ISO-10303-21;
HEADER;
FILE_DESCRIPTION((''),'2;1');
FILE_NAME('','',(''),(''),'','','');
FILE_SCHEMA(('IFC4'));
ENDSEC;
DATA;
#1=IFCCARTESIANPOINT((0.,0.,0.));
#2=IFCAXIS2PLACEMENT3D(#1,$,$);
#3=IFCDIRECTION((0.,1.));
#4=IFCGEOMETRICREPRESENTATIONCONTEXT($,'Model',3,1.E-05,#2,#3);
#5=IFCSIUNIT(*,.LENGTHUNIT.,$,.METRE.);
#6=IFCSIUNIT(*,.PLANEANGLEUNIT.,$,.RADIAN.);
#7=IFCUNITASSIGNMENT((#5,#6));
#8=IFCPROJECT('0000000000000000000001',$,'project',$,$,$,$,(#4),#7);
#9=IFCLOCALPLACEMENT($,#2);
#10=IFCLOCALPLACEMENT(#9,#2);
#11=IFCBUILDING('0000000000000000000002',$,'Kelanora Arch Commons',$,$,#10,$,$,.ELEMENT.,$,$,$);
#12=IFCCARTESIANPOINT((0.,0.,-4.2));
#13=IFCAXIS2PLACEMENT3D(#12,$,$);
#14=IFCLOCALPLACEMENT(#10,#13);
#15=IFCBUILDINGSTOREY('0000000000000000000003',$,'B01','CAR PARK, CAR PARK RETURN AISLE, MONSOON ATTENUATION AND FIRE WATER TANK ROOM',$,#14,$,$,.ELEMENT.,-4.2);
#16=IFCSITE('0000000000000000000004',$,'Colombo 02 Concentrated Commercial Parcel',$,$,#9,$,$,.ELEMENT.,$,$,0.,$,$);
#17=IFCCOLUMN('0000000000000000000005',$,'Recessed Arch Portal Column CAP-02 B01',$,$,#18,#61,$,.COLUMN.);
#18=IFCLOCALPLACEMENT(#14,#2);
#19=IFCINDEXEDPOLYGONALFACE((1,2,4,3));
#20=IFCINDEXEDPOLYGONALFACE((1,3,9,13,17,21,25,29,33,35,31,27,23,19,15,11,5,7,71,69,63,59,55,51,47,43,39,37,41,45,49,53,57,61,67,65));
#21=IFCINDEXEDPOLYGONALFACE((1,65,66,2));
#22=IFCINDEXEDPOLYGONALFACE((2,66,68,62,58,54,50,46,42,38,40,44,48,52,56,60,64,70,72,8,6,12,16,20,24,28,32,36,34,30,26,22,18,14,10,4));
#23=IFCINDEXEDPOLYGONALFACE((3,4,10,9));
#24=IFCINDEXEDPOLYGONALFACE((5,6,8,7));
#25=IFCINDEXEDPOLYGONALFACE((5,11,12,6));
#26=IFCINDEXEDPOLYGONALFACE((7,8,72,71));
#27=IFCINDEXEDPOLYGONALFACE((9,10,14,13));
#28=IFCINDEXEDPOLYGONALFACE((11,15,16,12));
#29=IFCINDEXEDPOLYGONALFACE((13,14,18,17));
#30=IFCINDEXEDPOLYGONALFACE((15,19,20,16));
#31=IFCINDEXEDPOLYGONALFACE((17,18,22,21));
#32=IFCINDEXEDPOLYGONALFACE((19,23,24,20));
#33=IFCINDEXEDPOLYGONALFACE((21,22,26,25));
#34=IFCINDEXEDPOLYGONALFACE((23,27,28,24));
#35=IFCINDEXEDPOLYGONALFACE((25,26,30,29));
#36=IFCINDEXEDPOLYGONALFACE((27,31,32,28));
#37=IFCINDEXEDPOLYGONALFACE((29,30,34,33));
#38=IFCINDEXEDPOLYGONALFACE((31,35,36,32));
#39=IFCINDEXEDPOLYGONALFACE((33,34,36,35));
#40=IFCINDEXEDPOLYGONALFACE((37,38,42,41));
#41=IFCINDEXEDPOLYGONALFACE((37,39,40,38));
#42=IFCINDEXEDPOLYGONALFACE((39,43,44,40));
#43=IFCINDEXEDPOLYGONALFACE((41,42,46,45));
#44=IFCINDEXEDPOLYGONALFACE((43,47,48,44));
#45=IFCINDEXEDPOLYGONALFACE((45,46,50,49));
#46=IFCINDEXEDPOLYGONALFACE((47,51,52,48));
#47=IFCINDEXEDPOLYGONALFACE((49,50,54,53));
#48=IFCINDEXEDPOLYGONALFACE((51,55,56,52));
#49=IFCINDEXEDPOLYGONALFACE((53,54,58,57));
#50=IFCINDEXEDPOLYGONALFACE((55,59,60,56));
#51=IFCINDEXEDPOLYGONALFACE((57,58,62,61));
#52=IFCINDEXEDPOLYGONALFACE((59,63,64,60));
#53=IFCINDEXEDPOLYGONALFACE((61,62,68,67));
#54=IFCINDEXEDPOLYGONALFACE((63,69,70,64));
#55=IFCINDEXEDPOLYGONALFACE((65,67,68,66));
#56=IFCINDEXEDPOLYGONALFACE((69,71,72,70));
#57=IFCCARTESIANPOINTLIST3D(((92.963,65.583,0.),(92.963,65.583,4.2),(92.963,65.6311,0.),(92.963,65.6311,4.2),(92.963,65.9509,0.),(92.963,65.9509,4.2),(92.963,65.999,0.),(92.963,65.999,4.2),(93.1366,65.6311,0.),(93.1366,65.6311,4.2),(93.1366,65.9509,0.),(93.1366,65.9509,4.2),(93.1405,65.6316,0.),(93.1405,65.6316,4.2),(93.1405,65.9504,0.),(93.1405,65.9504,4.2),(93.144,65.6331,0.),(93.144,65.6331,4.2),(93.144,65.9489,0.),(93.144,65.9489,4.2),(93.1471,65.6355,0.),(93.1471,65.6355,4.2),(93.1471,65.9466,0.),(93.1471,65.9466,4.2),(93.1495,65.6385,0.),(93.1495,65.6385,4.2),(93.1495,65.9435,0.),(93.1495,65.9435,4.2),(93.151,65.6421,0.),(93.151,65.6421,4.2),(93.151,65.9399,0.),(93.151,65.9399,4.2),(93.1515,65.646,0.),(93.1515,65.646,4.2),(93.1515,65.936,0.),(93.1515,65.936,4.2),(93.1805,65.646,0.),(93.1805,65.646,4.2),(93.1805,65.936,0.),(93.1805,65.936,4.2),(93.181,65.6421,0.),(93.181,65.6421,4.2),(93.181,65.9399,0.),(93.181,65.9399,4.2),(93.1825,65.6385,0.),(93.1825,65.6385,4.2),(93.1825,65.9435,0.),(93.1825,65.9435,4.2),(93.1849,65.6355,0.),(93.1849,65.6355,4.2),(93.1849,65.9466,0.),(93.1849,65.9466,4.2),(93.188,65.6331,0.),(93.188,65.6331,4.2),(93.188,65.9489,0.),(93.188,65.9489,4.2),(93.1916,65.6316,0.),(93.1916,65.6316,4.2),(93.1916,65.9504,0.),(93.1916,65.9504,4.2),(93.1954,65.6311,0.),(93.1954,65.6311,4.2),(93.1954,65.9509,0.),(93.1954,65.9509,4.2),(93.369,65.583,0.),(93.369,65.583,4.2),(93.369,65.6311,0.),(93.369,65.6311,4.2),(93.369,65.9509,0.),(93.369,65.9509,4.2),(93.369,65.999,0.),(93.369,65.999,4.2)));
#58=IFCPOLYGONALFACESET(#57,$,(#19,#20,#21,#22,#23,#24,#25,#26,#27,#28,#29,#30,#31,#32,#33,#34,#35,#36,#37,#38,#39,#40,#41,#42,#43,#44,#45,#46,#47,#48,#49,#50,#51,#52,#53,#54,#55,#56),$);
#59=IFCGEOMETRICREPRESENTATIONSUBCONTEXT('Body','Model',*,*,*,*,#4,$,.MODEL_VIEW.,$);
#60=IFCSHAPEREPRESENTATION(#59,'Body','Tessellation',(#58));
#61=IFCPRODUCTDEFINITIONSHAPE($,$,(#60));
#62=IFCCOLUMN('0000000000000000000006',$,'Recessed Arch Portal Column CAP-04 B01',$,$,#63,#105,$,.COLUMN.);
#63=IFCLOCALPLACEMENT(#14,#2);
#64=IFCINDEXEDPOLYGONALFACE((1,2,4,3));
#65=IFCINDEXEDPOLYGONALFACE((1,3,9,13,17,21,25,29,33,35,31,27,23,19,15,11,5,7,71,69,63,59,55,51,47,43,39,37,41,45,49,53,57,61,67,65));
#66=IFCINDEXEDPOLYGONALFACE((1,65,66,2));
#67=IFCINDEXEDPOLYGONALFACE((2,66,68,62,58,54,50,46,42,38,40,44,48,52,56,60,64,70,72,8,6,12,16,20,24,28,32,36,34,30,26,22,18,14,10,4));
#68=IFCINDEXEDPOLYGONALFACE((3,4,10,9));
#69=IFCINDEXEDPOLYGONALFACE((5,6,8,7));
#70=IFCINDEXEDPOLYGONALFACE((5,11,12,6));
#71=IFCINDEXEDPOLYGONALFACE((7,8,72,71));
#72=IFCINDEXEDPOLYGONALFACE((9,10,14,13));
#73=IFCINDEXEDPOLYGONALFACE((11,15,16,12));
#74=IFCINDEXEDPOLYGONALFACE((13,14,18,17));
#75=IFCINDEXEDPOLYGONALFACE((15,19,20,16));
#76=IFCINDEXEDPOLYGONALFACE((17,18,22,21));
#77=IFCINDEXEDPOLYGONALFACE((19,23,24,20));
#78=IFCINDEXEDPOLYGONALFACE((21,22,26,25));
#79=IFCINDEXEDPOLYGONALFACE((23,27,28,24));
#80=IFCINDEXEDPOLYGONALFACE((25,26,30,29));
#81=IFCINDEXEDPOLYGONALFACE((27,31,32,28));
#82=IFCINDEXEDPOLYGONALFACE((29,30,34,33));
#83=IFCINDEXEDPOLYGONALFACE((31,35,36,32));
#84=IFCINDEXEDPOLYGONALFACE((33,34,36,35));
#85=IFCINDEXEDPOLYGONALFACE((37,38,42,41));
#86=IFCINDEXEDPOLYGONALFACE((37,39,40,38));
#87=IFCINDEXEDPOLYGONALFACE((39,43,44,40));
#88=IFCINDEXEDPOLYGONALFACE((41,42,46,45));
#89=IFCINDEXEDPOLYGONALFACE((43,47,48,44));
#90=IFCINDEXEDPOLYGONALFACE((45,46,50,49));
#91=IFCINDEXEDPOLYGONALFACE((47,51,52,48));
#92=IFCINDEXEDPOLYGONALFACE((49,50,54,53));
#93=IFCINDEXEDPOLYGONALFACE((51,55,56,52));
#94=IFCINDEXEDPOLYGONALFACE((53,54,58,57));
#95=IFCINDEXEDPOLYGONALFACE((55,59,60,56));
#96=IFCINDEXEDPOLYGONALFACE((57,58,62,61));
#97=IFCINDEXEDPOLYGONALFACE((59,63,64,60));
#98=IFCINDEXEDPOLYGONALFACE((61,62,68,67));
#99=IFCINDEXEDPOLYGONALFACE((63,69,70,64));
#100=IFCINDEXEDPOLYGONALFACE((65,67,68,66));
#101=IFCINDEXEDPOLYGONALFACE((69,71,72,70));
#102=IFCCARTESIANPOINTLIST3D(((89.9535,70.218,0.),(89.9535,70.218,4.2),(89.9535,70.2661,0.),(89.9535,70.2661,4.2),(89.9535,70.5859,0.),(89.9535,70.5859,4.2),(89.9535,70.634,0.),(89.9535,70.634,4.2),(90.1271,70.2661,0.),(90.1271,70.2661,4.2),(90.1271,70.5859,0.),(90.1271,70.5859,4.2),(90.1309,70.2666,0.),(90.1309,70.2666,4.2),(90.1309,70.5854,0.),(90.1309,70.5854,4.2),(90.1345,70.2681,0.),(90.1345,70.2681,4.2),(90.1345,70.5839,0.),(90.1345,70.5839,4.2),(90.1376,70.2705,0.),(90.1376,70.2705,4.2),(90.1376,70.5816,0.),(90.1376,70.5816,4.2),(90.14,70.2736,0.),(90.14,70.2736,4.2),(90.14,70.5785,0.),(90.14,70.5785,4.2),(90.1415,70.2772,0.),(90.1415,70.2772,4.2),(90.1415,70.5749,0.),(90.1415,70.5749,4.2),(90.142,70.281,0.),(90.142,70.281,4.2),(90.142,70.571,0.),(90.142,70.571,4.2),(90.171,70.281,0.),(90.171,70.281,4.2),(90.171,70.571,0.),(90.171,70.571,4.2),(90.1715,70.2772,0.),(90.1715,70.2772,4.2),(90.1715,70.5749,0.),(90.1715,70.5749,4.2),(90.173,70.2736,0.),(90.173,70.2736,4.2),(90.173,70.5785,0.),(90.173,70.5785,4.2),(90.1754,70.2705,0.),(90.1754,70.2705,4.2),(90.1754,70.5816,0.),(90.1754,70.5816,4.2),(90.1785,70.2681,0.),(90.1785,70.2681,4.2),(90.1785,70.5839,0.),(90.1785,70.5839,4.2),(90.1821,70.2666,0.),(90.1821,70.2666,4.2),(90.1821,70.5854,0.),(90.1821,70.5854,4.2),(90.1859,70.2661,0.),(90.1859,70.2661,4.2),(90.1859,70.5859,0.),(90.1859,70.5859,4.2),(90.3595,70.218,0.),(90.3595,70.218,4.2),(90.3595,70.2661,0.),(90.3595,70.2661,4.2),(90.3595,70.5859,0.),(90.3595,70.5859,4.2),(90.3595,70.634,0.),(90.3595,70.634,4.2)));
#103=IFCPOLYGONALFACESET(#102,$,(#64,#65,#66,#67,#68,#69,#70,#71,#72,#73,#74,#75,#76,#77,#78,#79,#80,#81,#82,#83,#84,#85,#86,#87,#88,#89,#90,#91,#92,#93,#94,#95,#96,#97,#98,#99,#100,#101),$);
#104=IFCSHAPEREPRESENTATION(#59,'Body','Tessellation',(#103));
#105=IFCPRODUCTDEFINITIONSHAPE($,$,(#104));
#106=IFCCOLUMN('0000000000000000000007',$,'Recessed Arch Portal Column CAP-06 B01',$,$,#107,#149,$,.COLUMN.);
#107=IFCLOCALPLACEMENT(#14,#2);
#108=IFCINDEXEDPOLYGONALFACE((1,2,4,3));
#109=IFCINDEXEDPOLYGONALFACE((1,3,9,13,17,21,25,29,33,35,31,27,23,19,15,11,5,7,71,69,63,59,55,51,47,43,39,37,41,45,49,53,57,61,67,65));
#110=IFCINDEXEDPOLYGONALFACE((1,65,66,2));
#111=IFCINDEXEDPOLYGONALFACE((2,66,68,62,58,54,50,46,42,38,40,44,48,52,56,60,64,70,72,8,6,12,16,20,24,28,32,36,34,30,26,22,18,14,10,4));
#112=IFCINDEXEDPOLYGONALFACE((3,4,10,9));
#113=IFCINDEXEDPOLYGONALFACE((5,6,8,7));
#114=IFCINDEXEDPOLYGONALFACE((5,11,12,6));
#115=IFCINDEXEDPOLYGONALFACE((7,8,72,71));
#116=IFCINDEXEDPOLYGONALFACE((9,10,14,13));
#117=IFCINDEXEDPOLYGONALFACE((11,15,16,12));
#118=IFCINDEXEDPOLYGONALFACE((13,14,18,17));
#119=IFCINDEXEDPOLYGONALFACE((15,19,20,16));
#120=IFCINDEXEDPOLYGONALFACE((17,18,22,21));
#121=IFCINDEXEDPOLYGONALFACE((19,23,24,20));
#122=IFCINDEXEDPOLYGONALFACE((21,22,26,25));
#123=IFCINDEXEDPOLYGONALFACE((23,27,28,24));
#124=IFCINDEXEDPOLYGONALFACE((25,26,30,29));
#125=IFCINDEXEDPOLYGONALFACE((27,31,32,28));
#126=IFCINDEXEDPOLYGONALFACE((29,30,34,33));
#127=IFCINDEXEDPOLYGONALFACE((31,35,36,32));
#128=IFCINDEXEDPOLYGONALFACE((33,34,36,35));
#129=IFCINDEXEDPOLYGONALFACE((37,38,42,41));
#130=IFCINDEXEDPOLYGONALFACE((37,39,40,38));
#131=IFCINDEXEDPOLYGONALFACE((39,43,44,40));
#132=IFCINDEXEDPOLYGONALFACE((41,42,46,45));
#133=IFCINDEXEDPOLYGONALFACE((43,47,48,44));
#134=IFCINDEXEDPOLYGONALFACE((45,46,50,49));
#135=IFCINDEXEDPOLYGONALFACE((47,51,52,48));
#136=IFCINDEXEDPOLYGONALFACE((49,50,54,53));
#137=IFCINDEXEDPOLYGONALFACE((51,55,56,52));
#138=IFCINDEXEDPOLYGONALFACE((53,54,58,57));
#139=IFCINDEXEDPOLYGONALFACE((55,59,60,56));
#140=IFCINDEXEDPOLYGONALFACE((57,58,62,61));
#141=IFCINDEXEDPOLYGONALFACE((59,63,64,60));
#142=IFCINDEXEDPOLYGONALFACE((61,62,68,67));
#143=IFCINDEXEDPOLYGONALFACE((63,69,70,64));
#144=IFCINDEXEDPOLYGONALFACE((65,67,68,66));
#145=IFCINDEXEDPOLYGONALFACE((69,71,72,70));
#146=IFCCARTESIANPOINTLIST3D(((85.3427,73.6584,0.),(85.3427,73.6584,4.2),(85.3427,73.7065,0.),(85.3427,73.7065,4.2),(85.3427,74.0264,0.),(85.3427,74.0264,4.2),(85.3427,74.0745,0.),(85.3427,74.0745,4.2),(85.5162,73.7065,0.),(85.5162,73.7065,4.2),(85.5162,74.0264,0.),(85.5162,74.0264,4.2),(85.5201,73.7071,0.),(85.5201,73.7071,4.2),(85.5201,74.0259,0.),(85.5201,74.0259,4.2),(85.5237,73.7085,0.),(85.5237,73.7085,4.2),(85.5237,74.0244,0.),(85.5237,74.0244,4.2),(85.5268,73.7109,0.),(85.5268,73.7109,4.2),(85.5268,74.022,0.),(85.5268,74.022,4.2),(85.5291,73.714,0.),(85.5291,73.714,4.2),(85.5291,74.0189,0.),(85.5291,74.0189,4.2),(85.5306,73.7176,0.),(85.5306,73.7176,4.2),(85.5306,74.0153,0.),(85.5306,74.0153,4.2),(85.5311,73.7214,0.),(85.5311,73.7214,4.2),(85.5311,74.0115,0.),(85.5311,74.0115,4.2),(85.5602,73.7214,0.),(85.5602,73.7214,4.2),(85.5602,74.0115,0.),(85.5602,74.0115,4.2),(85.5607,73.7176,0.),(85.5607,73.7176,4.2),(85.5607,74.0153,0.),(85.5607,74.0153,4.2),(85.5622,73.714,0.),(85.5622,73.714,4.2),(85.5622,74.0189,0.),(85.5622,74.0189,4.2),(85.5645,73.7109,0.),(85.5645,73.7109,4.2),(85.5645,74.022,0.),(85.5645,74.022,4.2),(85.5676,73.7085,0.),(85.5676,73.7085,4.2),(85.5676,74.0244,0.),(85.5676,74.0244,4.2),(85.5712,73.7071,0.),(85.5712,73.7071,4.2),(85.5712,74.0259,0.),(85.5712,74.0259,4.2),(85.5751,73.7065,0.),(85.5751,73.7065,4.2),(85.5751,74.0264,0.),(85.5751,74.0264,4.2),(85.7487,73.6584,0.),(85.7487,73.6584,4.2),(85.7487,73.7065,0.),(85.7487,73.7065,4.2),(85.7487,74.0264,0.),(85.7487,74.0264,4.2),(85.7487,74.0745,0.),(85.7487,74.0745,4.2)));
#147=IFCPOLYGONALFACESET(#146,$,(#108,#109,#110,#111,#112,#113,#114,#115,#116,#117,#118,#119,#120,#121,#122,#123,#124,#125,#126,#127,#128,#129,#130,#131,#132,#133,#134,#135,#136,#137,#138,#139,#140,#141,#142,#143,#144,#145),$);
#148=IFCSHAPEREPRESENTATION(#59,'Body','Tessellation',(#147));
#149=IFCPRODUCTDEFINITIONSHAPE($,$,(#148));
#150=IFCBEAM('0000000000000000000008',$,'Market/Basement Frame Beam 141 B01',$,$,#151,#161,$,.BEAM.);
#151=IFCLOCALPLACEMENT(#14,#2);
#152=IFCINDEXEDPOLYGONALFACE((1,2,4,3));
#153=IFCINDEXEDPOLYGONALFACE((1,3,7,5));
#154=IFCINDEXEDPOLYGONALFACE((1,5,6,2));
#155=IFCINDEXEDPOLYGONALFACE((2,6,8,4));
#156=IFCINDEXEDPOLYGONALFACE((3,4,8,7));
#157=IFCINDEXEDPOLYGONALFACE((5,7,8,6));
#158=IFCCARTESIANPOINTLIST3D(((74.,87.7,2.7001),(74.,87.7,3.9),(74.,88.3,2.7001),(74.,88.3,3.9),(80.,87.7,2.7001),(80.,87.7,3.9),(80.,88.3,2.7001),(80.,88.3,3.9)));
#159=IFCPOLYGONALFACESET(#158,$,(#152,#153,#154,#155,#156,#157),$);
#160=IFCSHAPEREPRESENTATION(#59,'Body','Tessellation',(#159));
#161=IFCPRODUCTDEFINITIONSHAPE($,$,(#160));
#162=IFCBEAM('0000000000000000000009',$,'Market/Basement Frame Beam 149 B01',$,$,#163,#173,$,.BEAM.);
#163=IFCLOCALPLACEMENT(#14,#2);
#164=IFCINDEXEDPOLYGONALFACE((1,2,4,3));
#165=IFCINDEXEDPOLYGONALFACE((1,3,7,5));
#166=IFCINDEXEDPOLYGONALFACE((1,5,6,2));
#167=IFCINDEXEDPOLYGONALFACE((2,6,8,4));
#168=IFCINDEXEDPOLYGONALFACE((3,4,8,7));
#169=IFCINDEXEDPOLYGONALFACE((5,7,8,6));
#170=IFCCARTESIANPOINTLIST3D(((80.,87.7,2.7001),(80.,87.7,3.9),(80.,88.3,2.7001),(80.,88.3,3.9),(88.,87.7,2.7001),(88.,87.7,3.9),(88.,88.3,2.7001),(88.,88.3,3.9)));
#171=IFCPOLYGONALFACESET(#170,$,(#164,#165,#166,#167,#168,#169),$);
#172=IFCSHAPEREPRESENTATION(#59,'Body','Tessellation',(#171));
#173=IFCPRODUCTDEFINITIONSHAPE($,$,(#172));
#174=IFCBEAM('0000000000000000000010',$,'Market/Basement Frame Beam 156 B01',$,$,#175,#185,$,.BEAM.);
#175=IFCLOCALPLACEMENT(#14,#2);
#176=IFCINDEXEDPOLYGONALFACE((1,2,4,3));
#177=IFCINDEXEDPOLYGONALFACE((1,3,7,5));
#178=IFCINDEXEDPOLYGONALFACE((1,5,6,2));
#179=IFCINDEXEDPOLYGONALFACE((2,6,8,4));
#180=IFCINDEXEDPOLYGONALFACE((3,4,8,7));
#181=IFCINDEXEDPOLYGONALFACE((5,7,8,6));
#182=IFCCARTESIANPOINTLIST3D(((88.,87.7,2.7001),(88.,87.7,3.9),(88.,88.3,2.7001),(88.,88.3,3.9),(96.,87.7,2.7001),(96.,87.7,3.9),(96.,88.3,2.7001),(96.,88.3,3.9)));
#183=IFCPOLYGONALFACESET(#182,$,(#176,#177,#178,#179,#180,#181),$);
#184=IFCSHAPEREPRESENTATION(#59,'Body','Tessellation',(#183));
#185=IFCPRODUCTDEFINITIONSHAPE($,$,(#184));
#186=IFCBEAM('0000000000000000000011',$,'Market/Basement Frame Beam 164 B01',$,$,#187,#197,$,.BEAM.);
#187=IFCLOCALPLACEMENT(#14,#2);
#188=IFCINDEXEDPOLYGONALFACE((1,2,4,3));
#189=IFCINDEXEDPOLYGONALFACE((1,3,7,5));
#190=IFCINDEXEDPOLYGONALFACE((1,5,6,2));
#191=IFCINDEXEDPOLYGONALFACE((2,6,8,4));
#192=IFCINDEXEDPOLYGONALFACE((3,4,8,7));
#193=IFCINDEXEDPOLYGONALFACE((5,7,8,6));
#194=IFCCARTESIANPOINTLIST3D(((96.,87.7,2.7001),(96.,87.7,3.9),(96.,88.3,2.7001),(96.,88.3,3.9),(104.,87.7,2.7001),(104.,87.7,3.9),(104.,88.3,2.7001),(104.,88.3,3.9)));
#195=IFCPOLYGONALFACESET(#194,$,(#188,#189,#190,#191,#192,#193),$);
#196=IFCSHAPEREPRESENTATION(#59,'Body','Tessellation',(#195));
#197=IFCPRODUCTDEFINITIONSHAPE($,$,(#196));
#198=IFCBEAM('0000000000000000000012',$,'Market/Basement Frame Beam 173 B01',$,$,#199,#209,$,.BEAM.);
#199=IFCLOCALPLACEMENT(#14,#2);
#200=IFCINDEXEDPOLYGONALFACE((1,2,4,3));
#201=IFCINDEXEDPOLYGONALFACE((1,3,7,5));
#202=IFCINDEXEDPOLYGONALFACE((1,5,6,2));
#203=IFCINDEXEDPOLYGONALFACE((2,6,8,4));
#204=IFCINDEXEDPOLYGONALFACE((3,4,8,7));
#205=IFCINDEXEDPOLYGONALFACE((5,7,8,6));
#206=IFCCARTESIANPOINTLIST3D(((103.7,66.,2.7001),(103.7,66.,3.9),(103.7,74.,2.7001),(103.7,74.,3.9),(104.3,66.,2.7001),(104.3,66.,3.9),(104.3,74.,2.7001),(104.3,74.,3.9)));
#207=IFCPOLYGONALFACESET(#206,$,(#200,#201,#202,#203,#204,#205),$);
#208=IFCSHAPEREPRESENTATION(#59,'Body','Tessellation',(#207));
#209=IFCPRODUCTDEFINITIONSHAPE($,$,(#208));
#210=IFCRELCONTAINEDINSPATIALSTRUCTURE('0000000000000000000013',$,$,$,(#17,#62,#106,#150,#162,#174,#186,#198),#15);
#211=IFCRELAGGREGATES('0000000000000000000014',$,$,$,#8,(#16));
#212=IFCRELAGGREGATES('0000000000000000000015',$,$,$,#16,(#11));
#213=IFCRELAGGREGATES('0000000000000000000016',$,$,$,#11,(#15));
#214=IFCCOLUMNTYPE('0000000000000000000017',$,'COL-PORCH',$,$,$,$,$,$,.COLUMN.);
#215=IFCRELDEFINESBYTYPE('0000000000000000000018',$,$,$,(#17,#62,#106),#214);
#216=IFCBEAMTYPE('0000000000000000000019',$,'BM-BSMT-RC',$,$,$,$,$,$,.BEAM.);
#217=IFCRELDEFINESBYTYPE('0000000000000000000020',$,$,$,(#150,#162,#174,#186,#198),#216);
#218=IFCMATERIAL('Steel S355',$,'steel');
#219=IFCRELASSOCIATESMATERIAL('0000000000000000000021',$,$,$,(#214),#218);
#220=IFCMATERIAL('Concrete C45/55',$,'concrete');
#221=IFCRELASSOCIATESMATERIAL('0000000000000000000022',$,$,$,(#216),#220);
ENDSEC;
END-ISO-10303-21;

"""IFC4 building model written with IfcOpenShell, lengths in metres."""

from ifc_helpers import new_model, si_unit, direction, frame, origin, origin_2d, place, context, subcontext, project, spatial, rectangle, i_section, extrude, material, material_profile, profile_set, type_object, element, save


model = new_model("IFC4")

# Units and contexts
model_context = context("Model", 3, precision=1e-05, world=origin(), true_north=direction((0.0, 1.0)))
body_context = subcontext(model_context, "Body", "Model", "MODEL_VIEW")
ifc_project = project(units=[si_unit("LENGTHUNIT", "METRE"), si_unit("PLANEANGLEUNIT", "RADIAN")], contexts=[model_context])

# Site, building, storey
site_placement = place(None, origin())
site = spatial("IfcSite", under=ifc_project, at=site_placement, Name="Colombo 02 Concentrated Commercial Parcel", CompositionType="ELEMENT", RefElevation=0.0)
building_placement = place(site_placement, origin())
building = spatial("IfcBuilding", under=site, at=building_placement, Name="Kelanora Arch Commons", CompositionType="ELEMENT")
storey_placement = place(building_placement, frame((0.0, 0.0, -4.2)))
storey = spatial("IfcBuildingStorey", under=building, at=storey_placement, Name="B01", Description="CAR PARK, CAR PARK RETURN AISLE, MONSOON ATTENUATION AND FIRE WATER TANK ROOM", CompositionType="ELEMENT", Elevation=-4.2)

# Columns
ifc_material_1 = material(Name="Steel S355", Category="steel")
ifc_material_profile_1 = material_profile(ifc_material_1, i_section(OverallWidth=0.406, OverallDepth=0.416, WebThickness=0.0291, FlangeThickness=0.0481, FilletRadius=0.0149, at=origin_2d()), Name="HD400x382")
ifc_profile_set_1 = profile_set([ifc_material_profile_1], Name="Steel S355")
column_type_1 = type_object("IfcColumnType", Name="COL-PORCH", PredefinedType="COLUMN", material=ifc_profile_set_1)
for number, where, z_axis, x_axis, name in (
    (1, (93.166, 65.791, 0.0), (0.0, 0.0, 1.0), (1.0, 0.0, 0.0), "Recessed Arch Portal Column CAP-02 B01"),
    (2, (90.1565, 70.426, 0.0), (0.0, 0.0, 1.0), (1.0, 0.0, 0.0), "Recessed Arch Portal Column CAP-04 B01"),
    (3, (85.5457, 73.8665, 0.0), (0.0, 0.0, 1.0), (1.0, 0.0, 0.0), "Recessed Arch Portal Column CAP-06 B01"),
):
    element("IfcColumn", number, at=place(storey_placement, frame(where, z_axis=z_axis, x_axis=x_axis)), inside=storey, type_object=column_type_1, Name=name, PredefinedType="COLUMN", context=body_context, shape_type="SweptSolid", body=[
        extrude(i_section(OverallWidth=0.406, OverallDepth=0.416, WebThickness=0.0291, FlangeThickness=0.0481, FilletRadius=0.0149, at=origin_2d()), origin(), (0.0, 0.0, 1.0), 4.2),
    ])

# Beams
ifc_material_2 = material(Name="Concrete C45/55", Category="concrete")
ifc_material_profile_2 = material_profile(ifc_material_2, rectangle(XDim=0.6001, YDim=1.2, at=origin_2d()), Name="RCB600x1200")
ifc_profile_set_2 = profile_set([ifc_material_profile_2], Name="Concrete C45/55")
beam_type_1 = type_object("IfcBeamType", Name="BM-BSMT-RC", PredefinedType="BEAM", material=ifc_profile_set_2)
beam_1_placement = place(storey_placement, frame((74.0, 88.0, 3.3), z_axis=(1.0, 0.0, 0.0), x_axis=(0.0, 1.0, 0.0)))
element("IfcBeam", 4, at=beam_1_placement, inside=storey, type_object=beam_type_1, Name="Market/Basement Frame Beam 141 B01", PredefinedType="BEAM", context=body_context, shape_type="SweptSolid", body=[
    extrude(rectangle(XDim=0.6001, YDim=1.2, at=origin_2d()), origin(), (0.0, 0.0, 1.0), 6.0),
])
for number, where, z_axis, x_axis, name in (
    (5, (80.0, 88.0, 3.3), (1.0, 0.0, 0.0), (0.0, 1.0, 0.0), "Market/Basement Frame Beam 149 B01"),
    (6, (88.0, 88.0, 3.3), (1.0, 0.0, 0.0), (0.0, 1.0, 0.0), "Market/Basement Frame Beam 156 B01"),
    (7, (96.0, 88.0, 3.3), (1.0, 0.0, 0.0), (0.0, 1.0, 0.0), "Market/Basement Frame Beam 164 B01"),
    (8, (104.0, 66.0, 3.3), (0.0, 1.0, 0.0), (-1.0, 0.0, 0.0), "Market/Basement Frame Beam 173 B01"),
):
    element("IfcBeam", number, at=place(storey_placement, frame(where, z_axis=z_axis, x_axis=x_axis)), inside=storey, type_object=beam_type_1, Name=name, PredefinedType="BEAM", context=body_context, shape_type="SweptSolid", body=[
        extrude(rectangle(XDim=0.6001, YDim=1.2, at=origin_2d()), origin(), (0.0, 0.0, 1.0), 8.0),
    ])

save(model, "model.ifc")
